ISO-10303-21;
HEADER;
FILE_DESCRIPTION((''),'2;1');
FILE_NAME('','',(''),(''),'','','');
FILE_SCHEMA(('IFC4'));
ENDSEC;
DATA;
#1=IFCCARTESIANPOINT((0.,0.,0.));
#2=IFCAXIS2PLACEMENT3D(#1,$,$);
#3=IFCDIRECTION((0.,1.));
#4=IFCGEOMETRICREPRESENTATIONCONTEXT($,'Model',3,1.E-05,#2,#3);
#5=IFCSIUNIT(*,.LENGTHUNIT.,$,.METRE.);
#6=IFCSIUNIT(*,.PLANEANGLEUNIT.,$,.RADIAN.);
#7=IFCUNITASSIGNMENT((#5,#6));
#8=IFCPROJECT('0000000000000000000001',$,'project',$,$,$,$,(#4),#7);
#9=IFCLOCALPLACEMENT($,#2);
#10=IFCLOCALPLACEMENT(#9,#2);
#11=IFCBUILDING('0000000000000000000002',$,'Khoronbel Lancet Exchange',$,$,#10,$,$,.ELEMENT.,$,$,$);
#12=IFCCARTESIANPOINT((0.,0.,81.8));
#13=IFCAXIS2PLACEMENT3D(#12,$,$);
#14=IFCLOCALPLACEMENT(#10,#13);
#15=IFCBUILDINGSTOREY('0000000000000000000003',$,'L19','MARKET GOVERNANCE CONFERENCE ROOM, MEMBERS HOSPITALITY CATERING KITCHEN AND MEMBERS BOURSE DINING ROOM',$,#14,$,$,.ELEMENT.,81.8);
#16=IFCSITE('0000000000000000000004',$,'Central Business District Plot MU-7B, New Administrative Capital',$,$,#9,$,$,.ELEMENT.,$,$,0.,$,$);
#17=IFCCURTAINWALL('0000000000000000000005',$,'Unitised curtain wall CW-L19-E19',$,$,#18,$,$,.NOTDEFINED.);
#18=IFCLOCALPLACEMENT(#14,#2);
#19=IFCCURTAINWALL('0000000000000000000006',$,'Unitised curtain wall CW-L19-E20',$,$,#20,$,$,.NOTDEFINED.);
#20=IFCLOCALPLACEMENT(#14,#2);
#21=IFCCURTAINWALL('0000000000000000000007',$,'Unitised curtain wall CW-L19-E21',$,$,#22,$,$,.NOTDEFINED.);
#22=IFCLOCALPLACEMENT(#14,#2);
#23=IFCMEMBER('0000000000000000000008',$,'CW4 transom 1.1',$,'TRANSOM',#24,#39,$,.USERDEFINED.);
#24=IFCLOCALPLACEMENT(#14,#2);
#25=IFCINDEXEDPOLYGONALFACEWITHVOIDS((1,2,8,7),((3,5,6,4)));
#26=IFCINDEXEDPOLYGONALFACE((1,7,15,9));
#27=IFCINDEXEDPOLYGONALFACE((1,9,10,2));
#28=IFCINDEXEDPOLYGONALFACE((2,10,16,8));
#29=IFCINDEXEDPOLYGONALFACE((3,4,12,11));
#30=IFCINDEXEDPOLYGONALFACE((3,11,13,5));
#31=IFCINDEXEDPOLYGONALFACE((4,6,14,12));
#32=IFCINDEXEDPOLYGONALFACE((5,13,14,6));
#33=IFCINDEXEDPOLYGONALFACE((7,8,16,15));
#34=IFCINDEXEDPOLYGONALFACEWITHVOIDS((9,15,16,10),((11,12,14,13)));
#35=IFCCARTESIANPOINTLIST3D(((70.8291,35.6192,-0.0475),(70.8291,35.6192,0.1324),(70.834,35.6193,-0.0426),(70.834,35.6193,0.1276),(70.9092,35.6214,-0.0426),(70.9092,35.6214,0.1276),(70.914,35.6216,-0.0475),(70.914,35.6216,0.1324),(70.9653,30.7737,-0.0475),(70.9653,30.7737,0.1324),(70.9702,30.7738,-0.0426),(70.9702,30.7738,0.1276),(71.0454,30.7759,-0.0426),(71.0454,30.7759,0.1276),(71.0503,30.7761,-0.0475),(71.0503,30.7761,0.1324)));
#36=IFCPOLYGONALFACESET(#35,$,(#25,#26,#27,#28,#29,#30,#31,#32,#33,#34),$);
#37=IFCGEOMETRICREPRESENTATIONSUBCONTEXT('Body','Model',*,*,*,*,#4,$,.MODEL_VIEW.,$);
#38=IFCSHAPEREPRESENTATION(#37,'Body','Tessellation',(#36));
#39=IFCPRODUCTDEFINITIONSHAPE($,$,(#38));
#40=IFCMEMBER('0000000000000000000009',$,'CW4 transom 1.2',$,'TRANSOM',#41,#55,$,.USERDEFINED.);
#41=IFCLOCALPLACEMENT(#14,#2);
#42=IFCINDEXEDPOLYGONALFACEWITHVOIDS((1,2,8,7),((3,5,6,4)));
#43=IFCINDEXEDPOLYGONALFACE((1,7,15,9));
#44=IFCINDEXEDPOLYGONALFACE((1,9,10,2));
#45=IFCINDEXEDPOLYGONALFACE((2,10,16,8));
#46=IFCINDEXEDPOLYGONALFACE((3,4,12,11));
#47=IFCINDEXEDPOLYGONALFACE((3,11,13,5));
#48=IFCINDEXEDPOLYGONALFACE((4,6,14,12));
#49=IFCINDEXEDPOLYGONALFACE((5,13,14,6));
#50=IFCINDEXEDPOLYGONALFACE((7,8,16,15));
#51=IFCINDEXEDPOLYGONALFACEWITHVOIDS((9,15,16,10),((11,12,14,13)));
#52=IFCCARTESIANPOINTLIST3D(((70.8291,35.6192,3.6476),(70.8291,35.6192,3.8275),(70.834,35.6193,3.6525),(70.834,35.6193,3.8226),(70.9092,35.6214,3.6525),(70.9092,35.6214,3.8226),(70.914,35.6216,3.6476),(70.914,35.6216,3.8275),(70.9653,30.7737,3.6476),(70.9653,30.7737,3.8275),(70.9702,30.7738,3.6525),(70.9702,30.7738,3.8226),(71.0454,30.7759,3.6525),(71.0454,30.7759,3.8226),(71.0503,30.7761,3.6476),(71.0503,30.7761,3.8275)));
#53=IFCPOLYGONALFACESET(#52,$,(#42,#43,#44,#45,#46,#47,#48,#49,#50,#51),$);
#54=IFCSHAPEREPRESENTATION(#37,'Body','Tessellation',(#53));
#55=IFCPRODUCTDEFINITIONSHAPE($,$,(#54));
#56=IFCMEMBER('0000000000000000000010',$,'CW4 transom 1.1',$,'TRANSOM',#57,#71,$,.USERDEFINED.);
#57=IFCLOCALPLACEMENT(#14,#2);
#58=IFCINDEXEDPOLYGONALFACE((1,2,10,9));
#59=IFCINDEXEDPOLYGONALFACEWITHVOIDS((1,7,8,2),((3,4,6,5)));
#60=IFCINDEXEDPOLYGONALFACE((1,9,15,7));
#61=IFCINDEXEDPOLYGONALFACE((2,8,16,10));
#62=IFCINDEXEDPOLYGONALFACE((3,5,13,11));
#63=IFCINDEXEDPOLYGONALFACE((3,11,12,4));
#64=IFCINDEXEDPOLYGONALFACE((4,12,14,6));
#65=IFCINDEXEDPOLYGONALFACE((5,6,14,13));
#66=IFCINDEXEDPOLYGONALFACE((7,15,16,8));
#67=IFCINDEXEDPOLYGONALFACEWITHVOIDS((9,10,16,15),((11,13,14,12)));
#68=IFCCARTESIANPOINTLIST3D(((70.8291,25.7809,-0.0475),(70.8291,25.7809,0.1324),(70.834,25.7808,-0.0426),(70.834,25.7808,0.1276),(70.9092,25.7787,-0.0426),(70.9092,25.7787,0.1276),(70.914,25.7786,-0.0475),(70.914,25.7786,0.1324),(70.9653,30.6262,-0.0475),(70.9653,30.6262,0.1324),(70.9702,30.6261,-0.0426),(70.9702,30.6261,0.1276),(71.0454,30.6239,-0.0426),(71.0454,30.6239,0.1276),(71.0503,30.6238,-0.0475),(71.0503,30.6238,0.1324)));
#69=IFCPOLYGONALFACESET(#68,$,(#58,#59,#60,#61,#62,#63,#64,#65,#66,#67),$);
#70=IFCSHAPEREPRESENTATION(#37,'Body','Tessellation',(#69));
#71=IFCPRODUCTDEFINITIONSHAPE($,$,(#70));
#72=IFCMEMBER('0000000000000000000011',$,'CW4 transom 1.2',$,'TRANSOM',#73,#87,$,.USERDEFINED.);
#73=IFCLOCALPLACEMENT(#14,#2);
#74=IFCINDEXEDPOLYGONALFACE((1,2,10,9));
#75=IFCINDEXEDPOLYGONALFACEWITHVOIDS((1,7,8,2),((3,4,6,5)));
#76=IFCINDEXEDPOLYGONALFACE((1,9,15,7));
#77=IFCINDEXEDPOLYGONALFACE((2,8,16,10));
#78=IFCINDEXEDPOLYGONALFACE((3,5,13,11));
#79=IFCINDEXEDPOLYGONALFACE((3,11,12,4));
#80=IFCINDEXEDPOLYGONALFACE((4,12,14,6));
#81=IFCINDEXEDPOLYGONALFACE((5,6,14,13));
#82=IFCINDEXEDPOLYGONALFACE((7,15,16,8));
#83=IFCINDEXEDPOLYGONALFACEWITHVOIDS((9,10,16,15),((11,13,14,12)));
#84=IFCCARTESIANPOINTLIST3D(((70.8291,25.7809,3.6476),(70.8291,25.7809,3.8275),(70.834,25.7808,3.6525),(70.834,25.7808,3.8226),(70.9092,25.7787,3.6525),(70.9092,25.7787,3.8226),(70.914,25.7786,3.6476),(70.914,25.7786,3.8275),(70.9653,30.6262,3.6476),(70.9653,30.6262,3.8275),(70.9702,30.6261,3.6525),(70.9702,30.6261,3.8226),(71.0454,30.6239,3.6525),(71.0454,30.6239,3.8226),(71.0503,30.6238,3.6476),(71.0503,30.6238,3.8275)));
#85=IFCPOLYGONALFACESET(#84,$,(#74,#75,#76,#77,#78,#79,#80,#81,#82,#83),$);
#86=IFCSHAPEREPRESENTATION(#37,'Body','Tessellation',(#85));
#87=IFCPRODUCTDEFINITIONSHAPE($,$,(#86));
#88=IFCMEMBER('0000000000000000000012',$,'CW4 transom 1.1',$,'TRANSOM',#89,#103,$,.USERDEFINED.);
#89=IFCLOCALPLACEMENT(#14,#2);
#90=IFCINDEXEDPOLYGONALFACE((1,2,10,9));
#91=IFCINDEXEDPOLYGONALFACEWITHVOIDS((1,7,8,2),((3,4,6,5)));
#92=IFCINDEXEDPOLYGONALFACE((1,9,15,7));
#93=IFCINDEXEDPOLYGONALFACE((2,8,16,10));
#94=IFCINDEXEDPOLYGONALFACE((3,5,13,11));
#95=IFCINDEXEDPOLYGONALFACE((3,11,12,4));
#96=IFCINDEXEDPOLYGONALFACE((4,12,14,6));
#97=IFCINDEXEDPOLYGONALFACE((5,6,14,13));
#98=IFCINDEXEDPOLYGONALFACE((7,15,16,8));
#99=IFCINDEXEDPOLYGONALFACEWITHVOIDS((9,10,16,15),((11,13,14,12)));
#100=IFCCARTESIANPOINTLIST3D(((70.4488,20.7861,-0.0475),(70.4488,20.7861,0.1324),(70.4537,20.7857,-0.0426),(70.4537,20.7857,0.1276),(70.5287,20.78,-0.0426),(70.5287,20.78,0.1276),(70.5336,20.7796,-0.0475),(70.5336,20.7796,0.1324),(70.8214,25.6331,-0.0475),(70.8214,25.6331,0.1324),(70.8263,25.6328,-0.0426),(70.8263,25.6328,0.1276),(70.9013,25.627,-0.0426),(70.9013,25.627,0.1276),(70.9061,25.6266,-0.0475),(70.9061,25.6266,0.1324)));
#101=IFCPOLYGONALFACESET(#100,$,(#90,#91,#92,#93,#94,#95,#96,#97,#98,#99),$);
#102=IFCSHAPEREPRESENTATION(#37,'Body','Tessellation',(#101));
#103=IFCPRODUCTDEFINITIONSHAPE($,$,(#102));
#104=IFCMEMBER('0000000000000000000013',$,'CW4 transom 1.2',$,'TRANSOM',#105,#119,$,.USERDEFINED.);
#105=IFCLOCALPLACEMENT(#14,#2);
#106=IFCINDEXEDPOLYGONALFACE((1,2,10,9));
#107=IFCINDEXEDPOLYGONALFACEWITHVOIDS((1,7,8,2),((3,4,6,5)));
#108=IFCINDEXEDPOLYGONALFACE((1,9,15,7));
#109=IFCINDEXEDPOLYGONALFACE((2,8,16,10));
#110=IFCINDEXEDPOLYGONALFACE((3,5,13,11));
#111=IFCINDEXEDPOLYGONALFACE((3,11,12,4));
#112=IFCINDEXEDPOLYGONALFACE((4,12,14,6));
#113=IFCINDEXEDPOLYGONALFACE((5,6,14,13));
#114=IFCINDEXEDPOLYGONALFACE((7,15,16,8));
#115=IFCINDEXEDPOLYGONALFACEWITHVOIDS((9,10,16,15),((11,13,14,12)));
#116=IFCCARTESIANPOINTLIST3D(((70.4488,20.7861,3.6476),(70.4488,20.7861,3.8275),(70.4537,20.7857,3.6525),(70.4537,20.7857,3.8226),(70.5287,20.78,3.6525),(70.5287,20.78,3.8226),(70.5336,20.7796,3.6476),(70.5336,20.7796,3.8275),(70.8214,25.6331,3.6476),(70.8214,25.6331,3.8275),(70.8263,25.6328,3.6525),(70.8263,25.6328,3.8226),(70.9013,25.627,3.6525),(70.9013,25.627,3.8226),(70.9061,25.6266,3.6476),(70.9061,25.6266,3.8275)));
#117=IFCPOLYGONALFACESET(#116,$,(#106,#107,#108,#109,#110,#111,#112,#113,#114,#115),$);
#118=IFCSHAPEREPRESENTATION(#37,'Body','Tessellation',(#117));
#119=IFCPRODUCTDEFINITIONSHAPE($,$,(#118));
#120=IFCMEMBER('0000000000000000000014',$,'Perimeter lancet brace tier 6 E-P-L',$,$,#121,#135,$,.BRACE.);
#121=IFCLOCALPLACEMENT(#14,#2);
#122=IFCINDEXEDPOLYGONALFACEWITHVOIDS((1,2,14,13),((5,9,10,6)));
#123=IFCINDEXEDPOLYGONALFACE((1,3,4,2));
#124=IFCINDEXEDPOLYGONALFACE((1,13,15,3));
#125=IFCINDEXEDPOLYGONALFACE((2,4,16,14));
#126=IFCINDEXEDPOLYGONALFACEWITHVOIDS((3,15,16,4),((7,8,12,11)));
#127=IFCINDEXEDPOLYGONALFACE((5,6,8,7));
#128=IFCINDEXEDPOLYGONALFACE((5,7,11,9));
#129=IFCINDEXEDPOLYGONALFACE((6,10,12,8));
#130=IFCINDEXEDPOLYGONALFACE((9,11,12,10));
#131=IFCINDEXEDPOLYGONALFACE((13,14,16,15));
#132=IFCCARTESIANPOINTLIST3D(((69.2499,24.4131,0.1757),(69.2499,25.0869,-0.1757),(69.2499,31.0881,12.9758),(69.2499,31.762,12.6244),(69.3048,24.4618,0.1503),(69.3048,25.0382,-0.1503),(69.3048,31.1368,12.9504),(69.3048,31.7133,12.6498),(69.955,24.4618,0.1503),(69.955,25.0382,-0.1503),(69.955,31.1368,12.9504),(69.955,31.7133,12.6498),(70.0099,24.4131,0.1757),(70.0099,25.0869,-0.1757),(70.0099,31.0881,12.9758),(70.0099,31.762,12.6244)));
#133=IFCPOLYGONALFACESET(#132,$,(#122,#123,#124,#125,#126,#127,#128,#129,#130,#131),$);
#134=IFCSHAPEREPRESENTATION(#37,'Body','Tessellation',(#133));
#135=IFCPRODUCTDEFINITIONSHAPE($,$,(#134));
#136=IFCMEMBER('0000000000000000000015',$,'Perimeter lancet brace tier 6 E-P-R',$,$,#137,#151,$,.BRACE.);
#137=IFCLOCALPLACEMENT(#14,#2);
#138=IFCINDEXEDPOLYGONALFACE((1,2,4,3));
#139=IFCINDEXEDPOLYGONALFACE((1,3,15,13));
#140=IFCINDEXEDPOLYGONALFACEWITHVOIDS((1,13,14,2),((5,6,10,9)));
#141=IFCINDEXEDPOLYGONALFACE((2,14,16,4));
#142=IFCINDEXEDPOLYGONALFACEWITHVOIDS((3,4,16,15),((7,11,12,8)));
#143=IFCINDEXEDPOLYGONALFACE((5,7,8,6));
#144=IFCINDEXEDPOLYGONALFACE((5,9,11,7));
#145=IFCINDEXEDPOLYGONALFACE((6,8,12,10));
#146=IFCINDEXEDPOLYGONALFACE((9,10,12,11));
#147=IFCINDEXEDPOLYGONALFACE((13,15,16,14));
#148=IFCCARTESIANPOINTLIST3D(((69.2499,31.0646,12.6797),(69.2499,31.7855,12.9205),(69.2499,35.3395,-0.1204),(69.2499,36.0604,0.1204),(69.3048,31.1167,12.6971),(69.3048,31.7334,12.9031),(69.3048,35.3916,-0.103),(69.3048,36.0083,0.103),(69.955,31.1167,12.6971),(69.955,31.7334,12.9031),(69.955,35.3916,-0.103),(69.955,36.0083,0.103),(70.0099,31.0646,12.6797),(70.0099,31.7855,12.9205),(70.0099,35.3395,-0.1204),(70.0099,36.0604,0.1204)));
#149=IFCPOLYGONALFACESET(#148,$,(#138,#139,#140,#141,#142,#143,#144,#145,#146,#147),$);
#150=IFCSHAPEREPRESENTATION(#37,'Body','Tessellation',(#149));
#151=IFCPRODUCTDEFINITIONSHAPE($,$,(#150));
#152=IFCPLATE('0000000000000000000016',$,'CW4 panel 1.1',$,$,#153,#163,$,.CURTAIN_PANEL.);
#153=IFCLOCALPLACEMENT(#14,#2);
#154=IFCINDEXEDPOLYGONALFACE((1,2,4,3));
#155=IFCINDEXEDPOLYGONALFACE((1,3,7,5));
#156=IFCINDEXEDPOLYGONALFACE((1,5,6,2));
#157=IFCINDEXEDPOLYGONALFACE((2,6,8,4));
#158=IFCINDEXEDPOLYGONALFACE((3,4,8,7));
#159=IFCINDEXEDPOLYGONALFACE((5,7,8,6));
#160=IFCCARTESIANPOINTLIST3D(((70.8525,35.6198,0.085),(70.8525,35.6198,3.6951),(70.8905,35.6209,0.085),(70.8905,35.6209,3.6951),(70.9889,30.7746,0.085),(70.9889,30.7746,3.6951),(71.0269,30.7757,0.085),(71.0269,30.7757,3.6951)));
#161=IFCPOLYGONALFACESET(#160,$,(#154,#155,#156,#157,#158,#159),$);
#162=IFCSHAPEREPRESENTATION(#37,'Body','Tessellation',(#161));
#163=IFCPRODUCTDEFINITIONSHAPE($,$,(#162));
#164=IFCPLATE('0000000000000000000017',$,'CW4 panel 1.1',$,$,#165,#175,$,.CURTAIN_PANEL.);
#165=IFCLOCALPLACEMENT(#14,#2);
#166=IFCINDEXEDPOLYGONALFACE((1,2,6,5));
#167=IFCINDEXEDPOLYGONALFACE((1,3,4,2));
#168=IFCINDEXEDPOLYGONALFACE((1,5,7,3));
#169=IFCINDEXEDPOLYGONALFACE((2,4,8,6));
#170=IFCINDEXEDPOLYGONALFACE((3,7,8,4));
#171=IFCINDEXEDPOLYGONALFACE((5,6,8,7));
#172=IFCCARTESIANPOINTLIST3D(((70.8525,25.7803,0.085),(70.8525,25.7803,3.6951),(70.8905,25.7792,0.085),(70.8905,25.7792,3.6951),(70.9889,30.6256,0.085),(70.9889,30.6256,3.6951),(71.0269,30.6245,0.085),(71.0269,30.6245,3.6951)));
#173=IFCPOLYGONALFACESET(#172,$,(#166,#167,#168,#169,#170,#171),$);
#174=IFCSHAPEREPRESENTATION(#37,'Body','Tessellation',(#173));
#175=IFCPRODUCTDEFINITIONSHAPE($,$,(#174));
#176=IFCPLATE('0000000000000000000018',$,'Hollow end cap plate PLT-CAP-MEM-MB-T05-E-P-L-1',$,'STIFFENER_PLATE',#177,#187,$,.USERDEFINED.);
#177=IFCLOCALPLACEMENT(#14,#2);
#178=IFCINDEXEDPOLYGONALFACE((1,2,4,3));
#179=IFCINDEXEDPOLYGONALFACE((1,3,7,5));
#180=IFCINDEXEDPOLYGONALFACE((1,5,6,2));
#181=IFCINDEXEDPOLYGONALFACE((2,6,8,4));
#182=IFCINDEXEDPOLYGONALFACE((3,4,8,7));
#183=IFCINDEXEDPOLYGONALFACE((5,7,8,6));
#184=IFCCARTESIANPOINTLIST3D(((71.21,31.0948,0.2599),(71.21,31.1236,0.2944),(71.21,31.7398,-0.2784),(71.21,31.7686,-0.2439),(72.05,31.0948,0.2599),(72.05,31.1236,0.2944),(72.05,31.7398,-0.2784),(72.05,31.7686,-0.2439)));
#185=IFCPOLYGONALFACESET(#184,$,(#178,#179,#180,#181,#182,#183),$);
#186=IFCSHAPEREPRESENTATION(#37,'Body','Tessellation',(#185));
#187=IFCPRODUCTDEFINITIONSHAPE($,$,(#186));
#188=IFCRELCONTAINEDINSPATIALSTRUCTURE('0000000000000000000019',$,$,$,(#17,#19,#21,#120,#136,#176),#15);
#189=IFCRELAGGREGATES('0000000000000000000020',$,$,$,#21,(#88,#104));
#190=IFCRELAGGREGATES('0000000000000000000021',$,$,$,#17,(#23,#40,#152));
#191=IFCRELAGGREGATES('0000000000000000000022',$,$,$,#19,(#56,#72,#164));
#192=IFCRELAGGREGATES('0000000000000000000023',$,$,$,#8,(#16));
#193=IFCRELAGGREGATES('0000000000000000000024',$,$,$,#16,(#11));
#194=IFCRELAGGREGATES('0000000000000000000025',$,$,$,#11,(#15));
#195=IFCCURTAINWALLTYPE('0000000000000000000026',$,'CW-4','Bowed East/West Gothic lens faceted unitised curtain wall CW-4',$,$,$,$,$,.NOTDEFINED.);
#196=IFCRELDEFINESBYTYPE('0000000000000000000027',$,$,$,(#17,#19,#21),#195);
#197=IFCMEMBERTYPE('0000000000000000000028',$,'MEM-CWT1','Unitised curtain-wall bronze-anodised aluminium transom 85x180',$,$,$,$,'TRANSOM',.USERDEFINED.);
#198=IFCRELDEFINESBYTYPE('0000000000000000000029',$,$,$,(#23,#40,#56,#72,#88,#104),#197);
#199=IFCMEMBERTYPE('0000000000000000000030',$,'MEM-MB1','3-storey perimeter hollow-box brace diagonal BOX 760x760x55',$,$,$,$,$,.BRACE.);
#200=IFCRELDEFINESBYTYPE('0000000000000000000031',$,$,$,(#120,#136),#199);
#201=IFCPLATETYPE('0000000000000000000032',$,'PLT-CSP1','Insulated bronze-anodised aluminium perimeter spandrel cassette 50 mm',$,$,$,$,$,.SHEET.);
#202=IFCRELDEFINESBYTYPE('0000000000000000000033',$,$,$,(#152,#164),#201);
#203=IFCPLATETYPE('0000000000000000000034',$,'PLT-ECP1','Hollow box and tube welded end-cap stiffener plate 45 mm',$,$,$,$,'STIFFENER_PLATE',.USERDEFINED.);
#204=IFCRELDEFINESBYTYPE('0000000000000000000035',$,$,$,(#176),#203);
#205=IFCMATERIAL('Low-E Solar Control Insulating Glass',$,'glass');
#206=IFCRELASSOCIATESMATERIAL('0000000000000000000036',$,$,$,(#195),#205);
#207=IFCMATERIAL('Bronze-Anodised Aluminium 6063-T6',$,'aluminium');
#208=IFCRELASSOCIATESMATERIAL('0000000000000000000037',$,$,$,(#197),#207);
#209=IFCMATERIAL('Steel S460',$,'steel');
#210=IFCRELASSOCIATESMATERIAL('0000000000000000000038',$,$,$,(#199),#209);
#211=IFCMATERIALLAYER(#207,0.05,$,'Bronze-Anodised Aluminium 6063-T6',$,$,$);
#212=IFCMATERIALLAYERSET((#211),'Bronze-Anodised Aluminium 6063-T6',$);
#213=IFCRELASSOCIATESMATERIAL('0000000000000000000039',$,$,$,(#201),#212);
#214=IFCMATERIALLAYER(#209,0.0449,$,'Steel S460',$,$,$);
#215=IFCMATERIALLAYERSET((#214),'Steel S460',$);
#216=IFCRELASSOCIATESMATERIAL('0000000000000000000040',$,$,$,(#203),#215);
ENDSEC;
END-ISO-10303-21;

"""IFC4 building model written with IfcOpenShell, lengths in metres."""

from ifc_helpers import new_model, si_unit, direction, frame, origin, origin_2d, place, context, subcontext, project, spatial, polyline, rectangle, hollow_rectangle, outline, extrude, material, layer, layer_set, material_profile, profile_set, type_object, element, aggregate, save


model = new_model("IFC4")

# Units and contexts
model_context = context("Model", 3, precision=1e-05, world=origin(), true_north=direction((0.0, 1.0)))
body_context = subcontext(model_context, "Body", "Model", "MODEL_VIEW")
ifc_project = project(units=[si_unit("LENGTHUNIT", "METRE"), si_unit("PLANEANGLEUNIT", "RADIAN")], contexts=[model_context])

# Site, building, storey
site_placement = place(None, origin())
site = spatial("IfcSite", under=ifc_project, at=site_placement, Name="Central Business District Plot MU-7B, New Administrative Capital", CompositionType="ELEMENT", RefElevation=0.0)
building_placement = place(site_placement, origin())
building = spatial("IfcBuilding", under=site, at=building_placement, Name="Khoronbel Lancet Exchange", CompositionType="ELEMENT")
storey_placement = place(building_placement, frame((0.0, 0.0, 81.8)))
storey = spatial("IfcBuildingStorey", under=building, at=storey_placement, Name="L19", Description="MARKET GOVERNANCE CONFERENCE ROOM, MEMBERS HOSPITALITY CATERING KITCHEN AND MEMBERS BOURSE DINING ROOM", CompositionType="ELEMENT", Elevation=81.8)

# Shared definitions
ifc_material_1 = material(Name="Low-E Solar Control Insulating Glass", Category="glass")
curtain_wall_type = type_object("IfcCurtainWallType", Name="CW-4", Description="Bowed East/West Gothic lens faceted unitised curtain wall CW-4", PredefinedType="NOTDEFINED", material=ifc_material_1)
ifc_material_2 = material(Name="Bronze-Anodised Aluminium 6063-T6", Category="aluminium")

# Curtain walls
curtain_wall_1_placement = place(storey_placement, origin())
curtain_wall_1 = element("IfcCurtainWall", 1, at=curtain_wall_1_placement, inside=storey, type_object=curtain_wall_type, Name="Unitised curtain wall CW-L19-E19", PredefinedType="NOTDEFINED")
curtain_wall_2_placement = place(storey_placement, origin())
curtain_wall_2 = element("IfcCurtainWall", 2, at=curtain_wall_2_placement, inside=storey, type_object=curtain_wall_type, Name="Unitised curtain wall CW-L19-E20", PredefinedType="NOTDEFINED")

# Curtain wall
curtain_wall_3_placement = place(storey_placement, origin())
curtain_wall_3 = element("IfcCurtainWall", 3, at=curtain_wall_3_placement, inside=storey, type_object=curtain_wall_type, Name="Unitised curtain wall CW-L19-E21", PredefinedType="NOTDEFINED")

# Members
ifc_material_profile_1 = material_profile(ifc_material_2, hollow_rectangle(XDim=0.085, YDim=0.1799, WallThickness=0.0049, at=origin_2d()), Name="ALU TRANSOM 85x180")
ifc_profile_set_1 = profile_set([ifc_material_profile_1], Name="Bronze-Anodised Aluminium 6063-T6")
member_type_1 = type_object("IfcMemberType", Name="MEM-CWT1", Description="Unitised curtain-wall bronze-anodised aluminium transom 85x180", ElementType="TRANSOM", PredefinedType="USERDEFINED", material=ifc_profile_set_1)
member_1_placement = place(storey_placement, frame((70.8716, 35.6204, 0.0425), z_axis=(0.028104, -0.999605, 0.0), x_axis=(0.999605, 0.028104, 0.0)))
member_1 = element("IfcMember", 4, at=member_1_placement, type_object=member_type_1, Name="CW4 transom 1.1", ObjectType="TRANSOM", PredefinedType="USERDEFINED", context=body_context, shape_type="SweptSolid", body=[
    extrude(hollow_rectangle(XDim=0.085, YDim=0.1799, WallThickness=0.0049, at=origin_2d()), origin(), (0.0, 0.0, 1.0), 4.8474),
])
member_2_placement = place(storey_placement, frame((70.8716, 35.6204, 3.7375), z_axis=(0.028104, -0.999605, 0.0), x_axis=(0.999605, 0.028104, 0.0)))
member_2 = element("IfcMember", 5, at=member_2_placement, type_object=member_type_1, Name="CW4 transom 1.2", ObjectType="TRANSOM", PredefinedType="USERDEFINED", context=body_context, shape_type="SweptSolid", body=[
    extrude(hollow_rectangle(XDim=0.085, YDim=0.1799, WallThickness=0.0049, at=origin_2d()), origin(), (0.0, 0.0, 1.0), 4.8474),
])
member_3_placement = place(storey_placement, frame((71.0078, 30.625, 0.0425), z_axis=(-0.028105, -0.999605, 0.0), x_axis=(0.999605, -0.028105, 0.0)))
member_3 = element("IfcMember", 6, at=member_3_placement, type_object=member_type_1, Name="CW4 transom 1.1", ObjectType="TRANSOM", PredefinedType="USERDEFINED", context=body_context, shape_type="SweptSolid", body=[
    extrude(hollow_rectangle(XDim=0.085, YDim=0.1799, WallThickness=0.0049, at=origin_2d()), origin(), (0.0, 0.0, 1.0), 4.8472),
])
member_4_placement = place(storey_placement, frame((71.0078, 30.625, 3.7375), z_axis=(-0.028105, -0.999605, 0.0), x_axis=(0.999605, -0.028105, 0.0)))
member_4 = element("IfcMember", 7, at=member_4_placement, type_object=member_type_1, Name="CW4 transom 1.2", ObjectType="TRANSOM", PredefinedType="USERDEFINED", context=body_context, shape_type="SweptSolid", body=[
    extrude(hollow_rectangle(XDim=0.085, YDim=0.1799, WallThickness=0.0049, at=origin_2d()), origin(), (0.0, 0.0, 1.0), 4.8472),
])
member_5_placement = place(storey_placement, frame((70.8638, 25.6299, 0.0425), z_axis=(-0.076639, -0.997059, 0.0), x_axis=(0.997059, -0.076639, 0.0)))
member_5 = element("IfcMember", 8, at=member_5_placement, type_object=member_type_1, Name="CW4 transom 1.1", ObjectType="TRANSOM", PredefinedType="USERDEFINED", context=body_context, shape_type="SweptSolid", body=[
    extrude(hollow_rectangle(XDim=0.085, YDim=0.1799, WallThickness=0.0049, at=origin_2d()), origin(), (0.0, 0.0, 1.0), 4.8613),
])
member_6_placement = place(storey_placement, frame((70.8638, 25.6299, 3.7375), z_axis=(-0.076639, -0.997059, 0.0), x_axis=(0.997059, -0.076639, 0.0)))
member_6 = element("IfcMember", 9, at=member_6_placement, type_object=member_type_1, Name="CW4 transom 1.2", ObjectType="TRANSOM", PredefinedType="USERDEFINED", context=body_context, shape_type="SweptSolid", body=[
    extrude(hollow_rectangle(XDim=0.085, YDim=0.1799, WallThickness=0.0049, at=origin_2d()), origin(), (0.0, 0.0, 1.0), 4.8613),
])
aggregate(curtain_wall_3, [member_5, member_6])

# Members
ifc_material_3 = material(Name="Steel S460", Category="steel")
ifc_material_profile_2 = material_profile(ifc_material_3, hollow_rectangle(XDim=0.76, YDim=0.76, WallThickness=0.0549, at=origin_2d()), Name="BOX 760x760x55")
ifc_profile_set_2 = profile_set([ifc_material_profile_2], Name="Steel S460")
member_type_2 = type_object("IfcMemberType", Name="MEM-MB1", Description="3-storey perimeter hollow-box brace diagonal BOX 760x760x55", PredefinedType="BRACE", material=ifc_profile_set_2)
member_7_placement = place(storey_placement, frame((69.6299, 24.75, 0.0), z_axis=(0.0, 0.46239, 0.886677), x_axis=(-1.0, 0.0, 0.0)))
element("IfcMember", 10, at=member_7_placement, inside=storey, type_object=member_type_2, Name="Perimeter lancet brace tier 6 E-P-L", PredefinedType="BRACE", context=body_context, shape_type="SweptSolid", body=[
    extrude(hollow_rectangle(XDim=0.76, YDim=0.76, WallThickness=0.0549, at=origin_2d()), origin(), (0.0, 0.0, 1.0), 14.436),
])
member_8_placement = place(storey_placement, frame((69.6299, 35.7, 0.0), z_axis=(0.0, -0.316776, 0.9485), x_axis=(1.0, 0.0, 0.0)))
element("IfcMember", 11, at=member_8_placement, inside=storey, type_object=member_type_2, Name="Perimeter lancet brace tier 6 E-P-R", PredefinedType="BRACE", context=body_context, shape_type="SweptSolid", body=[
    extrude(hollow_rectangle(XDim=0.76, YDim=0.76, WallThickness=0.0549, at=origin_2d()), origin(), (0.0, 0.0, 1.0), 13.4951),
])

# Plates
ifc_layer_1 = layer(ifc_material_2, 0.05, Name="Bronze-Anodised Aluminium 6063-T6")
ifc_layer_set_1 = layer_set([ifc_layer_1], Name="Bronze-Anodised Aluminium 6063-T6")
plate_type_1 = type_object("IfcPlateType", Name="PLT-CSP1", Description="Insulated bronze-anodised aluminium perimeter spandrel cassette 50 mm", PredefinedType="SHEET", material=ifc_layer_set_1)
plate_1_placement = place(storey_placement, frame((70.9397, 33.1978, 0.085), z_axis=(0.0, 0.0, 1.0), x_axis=(0.028135, -0.999604, 0.0)))
plate_1 = element("IfcPlate", 12, at=plate_1_placement, type_object=plate_type_1, Name="CW4 panel 1.1", PredefinedType="CURTAIN_PANEL", context=body_context, shape_type="SweptSolid", body=[
    extrude(rectangle(XDim=4.8472, YDim=0.0381, at=origin_2d()), origin(), (0.0, 0.0, 1.0), 3.6101),
])
aggregate(curtain_wall_1, [member_1, member_2, plate_1])
plate_2_placement = place(storey_placement, frame((70.9397, 28.2024, 0.085), z_axis=(0.0, 0.0, 1.0), x_axis=(-0.028135, -0.999604, 0.0)))
plate_2 = element("IfcPlate", 13, at=plate_2_placement, type_object=plate_type_1, Name="CW4 panel 1.1", PredefinedType="CURTAIN_PANEL", context=body_context, shape_type="SweptSolid", body=[
    extrude(rectangle(XDim=4.8472, YDim=0.0381, at=origin_2d()), origin(), (0.0, 0.0, 1.0), 3.6101),
])
aggregate(curtain_wall_2, [member_3, member_4, plate_2])

# Plate
ifc_layer_2 = layer(ifc_material_3, 0.0449, Name="Steel S460")
ifc_layer_set_2 = layer_set([ifc_layer_2], Name="Steel S460")
plate_type_2 = type_object("IfcPlateType", Name="PLT-ECP1", Description="Hollow box and tube welded end-cap stiffener plate 45 mm", ElementType="STIFFENER_PLATE", PredefinedType="USERDEFINED", material=ifc_layer_set_2)
plate_3_placement = place(storey_placement, frame((72.05, 31.7686, -0.2439), z_axis=(0.0, 0.640756, 0.767745), x_axis=(-1.0, 0.0, 0.0)))
element("IfcPlate", 14, at=plate_3_placement, inside=storey, type_object=plate_type_2, Name="Hollow end cap plate PLT-CAP-MEM-MB-T05-E-P-L-1", ObjectType="STIFFENER_PLATE", PredefinedType="USERDEFINED", context=body_context, shape_type="SweptSolid", body=[
    extrude(outline(polyline([(0.0, 0.0), (0.8401, 0.0), (0.8401, 0.8401), (0.0, 0.8401), (0.0, 0.0)])), origin(), (0.0, 0.0, -1.0), 0.0449),
])

save(model, "model.ifc")
